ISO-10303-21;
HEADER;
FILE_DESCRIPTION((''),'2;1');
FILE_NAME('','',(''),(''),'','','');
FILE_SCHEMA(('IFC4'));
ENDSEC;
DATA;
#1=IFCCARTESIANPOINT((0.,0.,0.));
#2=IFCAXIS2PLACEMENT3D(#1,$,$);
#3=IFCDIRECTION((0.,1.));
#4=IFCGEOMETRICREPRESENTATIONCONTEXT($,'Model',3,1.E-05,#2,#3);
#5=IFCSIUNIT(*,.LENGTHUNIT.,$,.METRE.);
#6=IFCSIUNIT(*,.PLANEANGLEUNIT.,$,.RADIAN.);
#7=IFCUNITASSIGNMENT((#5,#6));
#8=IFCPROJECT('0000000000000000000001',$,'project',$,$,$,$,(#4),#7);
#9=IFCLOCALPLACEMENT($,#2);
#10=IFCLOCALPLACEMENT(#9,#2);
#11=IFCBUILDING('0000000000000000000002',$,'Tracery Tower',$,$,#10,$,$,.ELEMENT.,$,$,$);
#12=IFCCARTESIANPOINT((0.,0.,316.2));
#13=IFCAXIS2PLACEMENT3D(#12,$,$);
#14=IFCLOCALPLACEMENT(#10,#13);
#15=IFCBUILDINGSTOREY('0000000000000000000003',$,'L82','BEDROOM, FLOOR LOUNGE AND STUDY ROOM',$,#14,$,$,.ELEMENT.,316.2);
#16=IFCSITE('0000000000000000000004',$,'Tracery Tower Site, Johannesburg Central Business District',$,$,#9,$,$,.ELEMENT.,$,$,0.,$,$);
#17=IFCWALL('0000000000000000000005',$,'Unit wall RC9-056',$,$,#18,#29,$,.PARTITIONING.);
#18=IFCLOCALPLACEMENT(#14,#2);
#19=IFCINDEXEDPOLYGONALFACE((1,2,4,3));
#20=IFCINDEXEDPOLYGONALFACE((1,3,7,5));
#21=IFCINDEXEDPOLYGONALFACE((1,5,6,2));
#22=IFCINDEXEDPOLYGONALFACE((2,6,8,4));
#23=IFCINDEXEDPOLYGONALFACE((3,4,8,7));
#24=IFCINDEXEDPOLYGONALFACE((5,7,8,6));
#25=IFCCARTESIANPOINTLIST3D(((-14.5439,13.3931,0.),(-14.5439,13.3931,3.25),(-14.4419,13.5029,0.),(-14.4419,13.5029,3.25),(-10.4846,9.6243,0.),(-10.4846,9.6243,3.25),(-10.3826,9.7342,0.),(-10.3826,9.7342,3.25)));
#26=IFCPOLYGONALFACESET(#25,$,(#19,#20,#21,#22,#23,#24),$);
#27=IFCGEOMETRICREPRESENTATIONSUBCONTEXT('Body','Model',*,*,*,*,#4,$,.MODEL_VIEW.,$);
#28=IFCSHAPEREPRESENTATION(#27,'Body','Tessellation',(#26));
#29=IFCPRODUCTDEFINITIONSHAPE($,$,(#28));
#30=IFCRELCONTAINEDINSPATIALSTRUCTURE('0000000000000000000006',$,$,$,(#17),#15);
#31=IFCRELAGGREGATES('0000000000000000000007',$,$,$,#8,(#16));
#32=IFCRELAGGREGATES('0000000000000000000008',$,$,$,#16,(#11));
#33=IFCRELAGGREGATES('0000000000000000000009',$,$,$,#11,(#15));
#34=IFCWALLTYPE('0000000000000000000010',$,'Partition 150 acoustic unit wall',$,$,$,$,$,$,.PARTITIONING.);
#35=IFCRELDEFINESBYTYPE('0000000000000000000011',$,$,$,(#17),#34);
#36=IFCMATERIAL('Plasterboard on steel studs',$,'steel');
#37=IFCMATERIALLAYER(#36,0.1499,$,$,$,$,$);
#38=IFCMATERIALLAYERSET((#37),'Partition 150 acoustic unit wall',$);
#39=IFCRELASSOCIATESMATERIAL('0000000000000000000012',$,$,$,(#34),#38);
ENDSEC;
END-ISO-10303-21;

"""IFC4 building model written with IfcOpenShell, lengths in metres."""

from ifc_helpers import new_model, si_unit, direction, frame, frame_2d, origin, place, context, subcontext, project, spatial, rectangle, extrude, material, layer, layer_set, type_object, element, save


model = new_model("IFC4")

# Units and contexts
model_context = context("Model", 3, precision=1e-05, world=origin(), true_north=direction((0.0, 1.0)))
body_context = subcontext(model_context, "Body", "Model", "MODEL_VIEW")
ifc_project = project(units=[si_unit("LENGTHUNIT", "METRE"), si_unit("PLANEANGLEUNIT", "RADIAN")], contexts=[model_context])

# Site, building, storey
site_placement = place(None, origin())
site = spatial("IfcSite", under=ifc_project, at=site_placement, Name="Tracery Tower Site, Johannesburg Central Business District", CompositionType="ELEMENT", RefElevation=0.0)
building_placement = place(site_placement, origin())
building = spatial("IfcBuilding", under=site, at=building_placement, Name="Tracery Tower", CompositionType="ELEMENT")
storey_placement = place(building_placement, frame((0.0, 0.0, 316.2)))
storey = spatial("IfcBuildingStorey", under=building, at=storey_placement, Name="L82", Description="BEDROOM, FLOOR LOUNGE AND STUDY ROOM", CompositionType="ELEMENT", Elevation=316.2)

# Wall
ifc_material_1 = material(Name="Plasterboard on steel studs", Category="steel")
ifc_layer_1 = layer(ifc_material_1, 0.1499)
ifc_layer_set_1 = layer_set([ifc_layer_1], Name="Partition 150 acoustic unit wall")
wall_type_1 = type_object("IfcWallType", Name="Partition 150 acoustic unit wall", PredefinedType="PARTITIONING", material=ifc_layer_set_1)
wall_1_placement = place(storey_placement, frame((-14.4929, 13.448, 0.0), z_axis=(0.0, 0.0, 1.0), x_axis=(0.732845, -0.680395, 0.0)))
element("IfcWall", 1, at=wall_1_placement, inside=storey, type_object=wall_type_1, Name="Unit wall RC9-056", PredefinedType="PARTITIONING", context=body_context, shape_type="SweptSolid", body=[
    extrude(rectangle(XDim=5.5391, YDim=0.1499, at=frame_2d((2.7695, 0.0))), origin(), (0.0, 0.0, 1.0), 3.25),
])

save(model, "model.ifc")
